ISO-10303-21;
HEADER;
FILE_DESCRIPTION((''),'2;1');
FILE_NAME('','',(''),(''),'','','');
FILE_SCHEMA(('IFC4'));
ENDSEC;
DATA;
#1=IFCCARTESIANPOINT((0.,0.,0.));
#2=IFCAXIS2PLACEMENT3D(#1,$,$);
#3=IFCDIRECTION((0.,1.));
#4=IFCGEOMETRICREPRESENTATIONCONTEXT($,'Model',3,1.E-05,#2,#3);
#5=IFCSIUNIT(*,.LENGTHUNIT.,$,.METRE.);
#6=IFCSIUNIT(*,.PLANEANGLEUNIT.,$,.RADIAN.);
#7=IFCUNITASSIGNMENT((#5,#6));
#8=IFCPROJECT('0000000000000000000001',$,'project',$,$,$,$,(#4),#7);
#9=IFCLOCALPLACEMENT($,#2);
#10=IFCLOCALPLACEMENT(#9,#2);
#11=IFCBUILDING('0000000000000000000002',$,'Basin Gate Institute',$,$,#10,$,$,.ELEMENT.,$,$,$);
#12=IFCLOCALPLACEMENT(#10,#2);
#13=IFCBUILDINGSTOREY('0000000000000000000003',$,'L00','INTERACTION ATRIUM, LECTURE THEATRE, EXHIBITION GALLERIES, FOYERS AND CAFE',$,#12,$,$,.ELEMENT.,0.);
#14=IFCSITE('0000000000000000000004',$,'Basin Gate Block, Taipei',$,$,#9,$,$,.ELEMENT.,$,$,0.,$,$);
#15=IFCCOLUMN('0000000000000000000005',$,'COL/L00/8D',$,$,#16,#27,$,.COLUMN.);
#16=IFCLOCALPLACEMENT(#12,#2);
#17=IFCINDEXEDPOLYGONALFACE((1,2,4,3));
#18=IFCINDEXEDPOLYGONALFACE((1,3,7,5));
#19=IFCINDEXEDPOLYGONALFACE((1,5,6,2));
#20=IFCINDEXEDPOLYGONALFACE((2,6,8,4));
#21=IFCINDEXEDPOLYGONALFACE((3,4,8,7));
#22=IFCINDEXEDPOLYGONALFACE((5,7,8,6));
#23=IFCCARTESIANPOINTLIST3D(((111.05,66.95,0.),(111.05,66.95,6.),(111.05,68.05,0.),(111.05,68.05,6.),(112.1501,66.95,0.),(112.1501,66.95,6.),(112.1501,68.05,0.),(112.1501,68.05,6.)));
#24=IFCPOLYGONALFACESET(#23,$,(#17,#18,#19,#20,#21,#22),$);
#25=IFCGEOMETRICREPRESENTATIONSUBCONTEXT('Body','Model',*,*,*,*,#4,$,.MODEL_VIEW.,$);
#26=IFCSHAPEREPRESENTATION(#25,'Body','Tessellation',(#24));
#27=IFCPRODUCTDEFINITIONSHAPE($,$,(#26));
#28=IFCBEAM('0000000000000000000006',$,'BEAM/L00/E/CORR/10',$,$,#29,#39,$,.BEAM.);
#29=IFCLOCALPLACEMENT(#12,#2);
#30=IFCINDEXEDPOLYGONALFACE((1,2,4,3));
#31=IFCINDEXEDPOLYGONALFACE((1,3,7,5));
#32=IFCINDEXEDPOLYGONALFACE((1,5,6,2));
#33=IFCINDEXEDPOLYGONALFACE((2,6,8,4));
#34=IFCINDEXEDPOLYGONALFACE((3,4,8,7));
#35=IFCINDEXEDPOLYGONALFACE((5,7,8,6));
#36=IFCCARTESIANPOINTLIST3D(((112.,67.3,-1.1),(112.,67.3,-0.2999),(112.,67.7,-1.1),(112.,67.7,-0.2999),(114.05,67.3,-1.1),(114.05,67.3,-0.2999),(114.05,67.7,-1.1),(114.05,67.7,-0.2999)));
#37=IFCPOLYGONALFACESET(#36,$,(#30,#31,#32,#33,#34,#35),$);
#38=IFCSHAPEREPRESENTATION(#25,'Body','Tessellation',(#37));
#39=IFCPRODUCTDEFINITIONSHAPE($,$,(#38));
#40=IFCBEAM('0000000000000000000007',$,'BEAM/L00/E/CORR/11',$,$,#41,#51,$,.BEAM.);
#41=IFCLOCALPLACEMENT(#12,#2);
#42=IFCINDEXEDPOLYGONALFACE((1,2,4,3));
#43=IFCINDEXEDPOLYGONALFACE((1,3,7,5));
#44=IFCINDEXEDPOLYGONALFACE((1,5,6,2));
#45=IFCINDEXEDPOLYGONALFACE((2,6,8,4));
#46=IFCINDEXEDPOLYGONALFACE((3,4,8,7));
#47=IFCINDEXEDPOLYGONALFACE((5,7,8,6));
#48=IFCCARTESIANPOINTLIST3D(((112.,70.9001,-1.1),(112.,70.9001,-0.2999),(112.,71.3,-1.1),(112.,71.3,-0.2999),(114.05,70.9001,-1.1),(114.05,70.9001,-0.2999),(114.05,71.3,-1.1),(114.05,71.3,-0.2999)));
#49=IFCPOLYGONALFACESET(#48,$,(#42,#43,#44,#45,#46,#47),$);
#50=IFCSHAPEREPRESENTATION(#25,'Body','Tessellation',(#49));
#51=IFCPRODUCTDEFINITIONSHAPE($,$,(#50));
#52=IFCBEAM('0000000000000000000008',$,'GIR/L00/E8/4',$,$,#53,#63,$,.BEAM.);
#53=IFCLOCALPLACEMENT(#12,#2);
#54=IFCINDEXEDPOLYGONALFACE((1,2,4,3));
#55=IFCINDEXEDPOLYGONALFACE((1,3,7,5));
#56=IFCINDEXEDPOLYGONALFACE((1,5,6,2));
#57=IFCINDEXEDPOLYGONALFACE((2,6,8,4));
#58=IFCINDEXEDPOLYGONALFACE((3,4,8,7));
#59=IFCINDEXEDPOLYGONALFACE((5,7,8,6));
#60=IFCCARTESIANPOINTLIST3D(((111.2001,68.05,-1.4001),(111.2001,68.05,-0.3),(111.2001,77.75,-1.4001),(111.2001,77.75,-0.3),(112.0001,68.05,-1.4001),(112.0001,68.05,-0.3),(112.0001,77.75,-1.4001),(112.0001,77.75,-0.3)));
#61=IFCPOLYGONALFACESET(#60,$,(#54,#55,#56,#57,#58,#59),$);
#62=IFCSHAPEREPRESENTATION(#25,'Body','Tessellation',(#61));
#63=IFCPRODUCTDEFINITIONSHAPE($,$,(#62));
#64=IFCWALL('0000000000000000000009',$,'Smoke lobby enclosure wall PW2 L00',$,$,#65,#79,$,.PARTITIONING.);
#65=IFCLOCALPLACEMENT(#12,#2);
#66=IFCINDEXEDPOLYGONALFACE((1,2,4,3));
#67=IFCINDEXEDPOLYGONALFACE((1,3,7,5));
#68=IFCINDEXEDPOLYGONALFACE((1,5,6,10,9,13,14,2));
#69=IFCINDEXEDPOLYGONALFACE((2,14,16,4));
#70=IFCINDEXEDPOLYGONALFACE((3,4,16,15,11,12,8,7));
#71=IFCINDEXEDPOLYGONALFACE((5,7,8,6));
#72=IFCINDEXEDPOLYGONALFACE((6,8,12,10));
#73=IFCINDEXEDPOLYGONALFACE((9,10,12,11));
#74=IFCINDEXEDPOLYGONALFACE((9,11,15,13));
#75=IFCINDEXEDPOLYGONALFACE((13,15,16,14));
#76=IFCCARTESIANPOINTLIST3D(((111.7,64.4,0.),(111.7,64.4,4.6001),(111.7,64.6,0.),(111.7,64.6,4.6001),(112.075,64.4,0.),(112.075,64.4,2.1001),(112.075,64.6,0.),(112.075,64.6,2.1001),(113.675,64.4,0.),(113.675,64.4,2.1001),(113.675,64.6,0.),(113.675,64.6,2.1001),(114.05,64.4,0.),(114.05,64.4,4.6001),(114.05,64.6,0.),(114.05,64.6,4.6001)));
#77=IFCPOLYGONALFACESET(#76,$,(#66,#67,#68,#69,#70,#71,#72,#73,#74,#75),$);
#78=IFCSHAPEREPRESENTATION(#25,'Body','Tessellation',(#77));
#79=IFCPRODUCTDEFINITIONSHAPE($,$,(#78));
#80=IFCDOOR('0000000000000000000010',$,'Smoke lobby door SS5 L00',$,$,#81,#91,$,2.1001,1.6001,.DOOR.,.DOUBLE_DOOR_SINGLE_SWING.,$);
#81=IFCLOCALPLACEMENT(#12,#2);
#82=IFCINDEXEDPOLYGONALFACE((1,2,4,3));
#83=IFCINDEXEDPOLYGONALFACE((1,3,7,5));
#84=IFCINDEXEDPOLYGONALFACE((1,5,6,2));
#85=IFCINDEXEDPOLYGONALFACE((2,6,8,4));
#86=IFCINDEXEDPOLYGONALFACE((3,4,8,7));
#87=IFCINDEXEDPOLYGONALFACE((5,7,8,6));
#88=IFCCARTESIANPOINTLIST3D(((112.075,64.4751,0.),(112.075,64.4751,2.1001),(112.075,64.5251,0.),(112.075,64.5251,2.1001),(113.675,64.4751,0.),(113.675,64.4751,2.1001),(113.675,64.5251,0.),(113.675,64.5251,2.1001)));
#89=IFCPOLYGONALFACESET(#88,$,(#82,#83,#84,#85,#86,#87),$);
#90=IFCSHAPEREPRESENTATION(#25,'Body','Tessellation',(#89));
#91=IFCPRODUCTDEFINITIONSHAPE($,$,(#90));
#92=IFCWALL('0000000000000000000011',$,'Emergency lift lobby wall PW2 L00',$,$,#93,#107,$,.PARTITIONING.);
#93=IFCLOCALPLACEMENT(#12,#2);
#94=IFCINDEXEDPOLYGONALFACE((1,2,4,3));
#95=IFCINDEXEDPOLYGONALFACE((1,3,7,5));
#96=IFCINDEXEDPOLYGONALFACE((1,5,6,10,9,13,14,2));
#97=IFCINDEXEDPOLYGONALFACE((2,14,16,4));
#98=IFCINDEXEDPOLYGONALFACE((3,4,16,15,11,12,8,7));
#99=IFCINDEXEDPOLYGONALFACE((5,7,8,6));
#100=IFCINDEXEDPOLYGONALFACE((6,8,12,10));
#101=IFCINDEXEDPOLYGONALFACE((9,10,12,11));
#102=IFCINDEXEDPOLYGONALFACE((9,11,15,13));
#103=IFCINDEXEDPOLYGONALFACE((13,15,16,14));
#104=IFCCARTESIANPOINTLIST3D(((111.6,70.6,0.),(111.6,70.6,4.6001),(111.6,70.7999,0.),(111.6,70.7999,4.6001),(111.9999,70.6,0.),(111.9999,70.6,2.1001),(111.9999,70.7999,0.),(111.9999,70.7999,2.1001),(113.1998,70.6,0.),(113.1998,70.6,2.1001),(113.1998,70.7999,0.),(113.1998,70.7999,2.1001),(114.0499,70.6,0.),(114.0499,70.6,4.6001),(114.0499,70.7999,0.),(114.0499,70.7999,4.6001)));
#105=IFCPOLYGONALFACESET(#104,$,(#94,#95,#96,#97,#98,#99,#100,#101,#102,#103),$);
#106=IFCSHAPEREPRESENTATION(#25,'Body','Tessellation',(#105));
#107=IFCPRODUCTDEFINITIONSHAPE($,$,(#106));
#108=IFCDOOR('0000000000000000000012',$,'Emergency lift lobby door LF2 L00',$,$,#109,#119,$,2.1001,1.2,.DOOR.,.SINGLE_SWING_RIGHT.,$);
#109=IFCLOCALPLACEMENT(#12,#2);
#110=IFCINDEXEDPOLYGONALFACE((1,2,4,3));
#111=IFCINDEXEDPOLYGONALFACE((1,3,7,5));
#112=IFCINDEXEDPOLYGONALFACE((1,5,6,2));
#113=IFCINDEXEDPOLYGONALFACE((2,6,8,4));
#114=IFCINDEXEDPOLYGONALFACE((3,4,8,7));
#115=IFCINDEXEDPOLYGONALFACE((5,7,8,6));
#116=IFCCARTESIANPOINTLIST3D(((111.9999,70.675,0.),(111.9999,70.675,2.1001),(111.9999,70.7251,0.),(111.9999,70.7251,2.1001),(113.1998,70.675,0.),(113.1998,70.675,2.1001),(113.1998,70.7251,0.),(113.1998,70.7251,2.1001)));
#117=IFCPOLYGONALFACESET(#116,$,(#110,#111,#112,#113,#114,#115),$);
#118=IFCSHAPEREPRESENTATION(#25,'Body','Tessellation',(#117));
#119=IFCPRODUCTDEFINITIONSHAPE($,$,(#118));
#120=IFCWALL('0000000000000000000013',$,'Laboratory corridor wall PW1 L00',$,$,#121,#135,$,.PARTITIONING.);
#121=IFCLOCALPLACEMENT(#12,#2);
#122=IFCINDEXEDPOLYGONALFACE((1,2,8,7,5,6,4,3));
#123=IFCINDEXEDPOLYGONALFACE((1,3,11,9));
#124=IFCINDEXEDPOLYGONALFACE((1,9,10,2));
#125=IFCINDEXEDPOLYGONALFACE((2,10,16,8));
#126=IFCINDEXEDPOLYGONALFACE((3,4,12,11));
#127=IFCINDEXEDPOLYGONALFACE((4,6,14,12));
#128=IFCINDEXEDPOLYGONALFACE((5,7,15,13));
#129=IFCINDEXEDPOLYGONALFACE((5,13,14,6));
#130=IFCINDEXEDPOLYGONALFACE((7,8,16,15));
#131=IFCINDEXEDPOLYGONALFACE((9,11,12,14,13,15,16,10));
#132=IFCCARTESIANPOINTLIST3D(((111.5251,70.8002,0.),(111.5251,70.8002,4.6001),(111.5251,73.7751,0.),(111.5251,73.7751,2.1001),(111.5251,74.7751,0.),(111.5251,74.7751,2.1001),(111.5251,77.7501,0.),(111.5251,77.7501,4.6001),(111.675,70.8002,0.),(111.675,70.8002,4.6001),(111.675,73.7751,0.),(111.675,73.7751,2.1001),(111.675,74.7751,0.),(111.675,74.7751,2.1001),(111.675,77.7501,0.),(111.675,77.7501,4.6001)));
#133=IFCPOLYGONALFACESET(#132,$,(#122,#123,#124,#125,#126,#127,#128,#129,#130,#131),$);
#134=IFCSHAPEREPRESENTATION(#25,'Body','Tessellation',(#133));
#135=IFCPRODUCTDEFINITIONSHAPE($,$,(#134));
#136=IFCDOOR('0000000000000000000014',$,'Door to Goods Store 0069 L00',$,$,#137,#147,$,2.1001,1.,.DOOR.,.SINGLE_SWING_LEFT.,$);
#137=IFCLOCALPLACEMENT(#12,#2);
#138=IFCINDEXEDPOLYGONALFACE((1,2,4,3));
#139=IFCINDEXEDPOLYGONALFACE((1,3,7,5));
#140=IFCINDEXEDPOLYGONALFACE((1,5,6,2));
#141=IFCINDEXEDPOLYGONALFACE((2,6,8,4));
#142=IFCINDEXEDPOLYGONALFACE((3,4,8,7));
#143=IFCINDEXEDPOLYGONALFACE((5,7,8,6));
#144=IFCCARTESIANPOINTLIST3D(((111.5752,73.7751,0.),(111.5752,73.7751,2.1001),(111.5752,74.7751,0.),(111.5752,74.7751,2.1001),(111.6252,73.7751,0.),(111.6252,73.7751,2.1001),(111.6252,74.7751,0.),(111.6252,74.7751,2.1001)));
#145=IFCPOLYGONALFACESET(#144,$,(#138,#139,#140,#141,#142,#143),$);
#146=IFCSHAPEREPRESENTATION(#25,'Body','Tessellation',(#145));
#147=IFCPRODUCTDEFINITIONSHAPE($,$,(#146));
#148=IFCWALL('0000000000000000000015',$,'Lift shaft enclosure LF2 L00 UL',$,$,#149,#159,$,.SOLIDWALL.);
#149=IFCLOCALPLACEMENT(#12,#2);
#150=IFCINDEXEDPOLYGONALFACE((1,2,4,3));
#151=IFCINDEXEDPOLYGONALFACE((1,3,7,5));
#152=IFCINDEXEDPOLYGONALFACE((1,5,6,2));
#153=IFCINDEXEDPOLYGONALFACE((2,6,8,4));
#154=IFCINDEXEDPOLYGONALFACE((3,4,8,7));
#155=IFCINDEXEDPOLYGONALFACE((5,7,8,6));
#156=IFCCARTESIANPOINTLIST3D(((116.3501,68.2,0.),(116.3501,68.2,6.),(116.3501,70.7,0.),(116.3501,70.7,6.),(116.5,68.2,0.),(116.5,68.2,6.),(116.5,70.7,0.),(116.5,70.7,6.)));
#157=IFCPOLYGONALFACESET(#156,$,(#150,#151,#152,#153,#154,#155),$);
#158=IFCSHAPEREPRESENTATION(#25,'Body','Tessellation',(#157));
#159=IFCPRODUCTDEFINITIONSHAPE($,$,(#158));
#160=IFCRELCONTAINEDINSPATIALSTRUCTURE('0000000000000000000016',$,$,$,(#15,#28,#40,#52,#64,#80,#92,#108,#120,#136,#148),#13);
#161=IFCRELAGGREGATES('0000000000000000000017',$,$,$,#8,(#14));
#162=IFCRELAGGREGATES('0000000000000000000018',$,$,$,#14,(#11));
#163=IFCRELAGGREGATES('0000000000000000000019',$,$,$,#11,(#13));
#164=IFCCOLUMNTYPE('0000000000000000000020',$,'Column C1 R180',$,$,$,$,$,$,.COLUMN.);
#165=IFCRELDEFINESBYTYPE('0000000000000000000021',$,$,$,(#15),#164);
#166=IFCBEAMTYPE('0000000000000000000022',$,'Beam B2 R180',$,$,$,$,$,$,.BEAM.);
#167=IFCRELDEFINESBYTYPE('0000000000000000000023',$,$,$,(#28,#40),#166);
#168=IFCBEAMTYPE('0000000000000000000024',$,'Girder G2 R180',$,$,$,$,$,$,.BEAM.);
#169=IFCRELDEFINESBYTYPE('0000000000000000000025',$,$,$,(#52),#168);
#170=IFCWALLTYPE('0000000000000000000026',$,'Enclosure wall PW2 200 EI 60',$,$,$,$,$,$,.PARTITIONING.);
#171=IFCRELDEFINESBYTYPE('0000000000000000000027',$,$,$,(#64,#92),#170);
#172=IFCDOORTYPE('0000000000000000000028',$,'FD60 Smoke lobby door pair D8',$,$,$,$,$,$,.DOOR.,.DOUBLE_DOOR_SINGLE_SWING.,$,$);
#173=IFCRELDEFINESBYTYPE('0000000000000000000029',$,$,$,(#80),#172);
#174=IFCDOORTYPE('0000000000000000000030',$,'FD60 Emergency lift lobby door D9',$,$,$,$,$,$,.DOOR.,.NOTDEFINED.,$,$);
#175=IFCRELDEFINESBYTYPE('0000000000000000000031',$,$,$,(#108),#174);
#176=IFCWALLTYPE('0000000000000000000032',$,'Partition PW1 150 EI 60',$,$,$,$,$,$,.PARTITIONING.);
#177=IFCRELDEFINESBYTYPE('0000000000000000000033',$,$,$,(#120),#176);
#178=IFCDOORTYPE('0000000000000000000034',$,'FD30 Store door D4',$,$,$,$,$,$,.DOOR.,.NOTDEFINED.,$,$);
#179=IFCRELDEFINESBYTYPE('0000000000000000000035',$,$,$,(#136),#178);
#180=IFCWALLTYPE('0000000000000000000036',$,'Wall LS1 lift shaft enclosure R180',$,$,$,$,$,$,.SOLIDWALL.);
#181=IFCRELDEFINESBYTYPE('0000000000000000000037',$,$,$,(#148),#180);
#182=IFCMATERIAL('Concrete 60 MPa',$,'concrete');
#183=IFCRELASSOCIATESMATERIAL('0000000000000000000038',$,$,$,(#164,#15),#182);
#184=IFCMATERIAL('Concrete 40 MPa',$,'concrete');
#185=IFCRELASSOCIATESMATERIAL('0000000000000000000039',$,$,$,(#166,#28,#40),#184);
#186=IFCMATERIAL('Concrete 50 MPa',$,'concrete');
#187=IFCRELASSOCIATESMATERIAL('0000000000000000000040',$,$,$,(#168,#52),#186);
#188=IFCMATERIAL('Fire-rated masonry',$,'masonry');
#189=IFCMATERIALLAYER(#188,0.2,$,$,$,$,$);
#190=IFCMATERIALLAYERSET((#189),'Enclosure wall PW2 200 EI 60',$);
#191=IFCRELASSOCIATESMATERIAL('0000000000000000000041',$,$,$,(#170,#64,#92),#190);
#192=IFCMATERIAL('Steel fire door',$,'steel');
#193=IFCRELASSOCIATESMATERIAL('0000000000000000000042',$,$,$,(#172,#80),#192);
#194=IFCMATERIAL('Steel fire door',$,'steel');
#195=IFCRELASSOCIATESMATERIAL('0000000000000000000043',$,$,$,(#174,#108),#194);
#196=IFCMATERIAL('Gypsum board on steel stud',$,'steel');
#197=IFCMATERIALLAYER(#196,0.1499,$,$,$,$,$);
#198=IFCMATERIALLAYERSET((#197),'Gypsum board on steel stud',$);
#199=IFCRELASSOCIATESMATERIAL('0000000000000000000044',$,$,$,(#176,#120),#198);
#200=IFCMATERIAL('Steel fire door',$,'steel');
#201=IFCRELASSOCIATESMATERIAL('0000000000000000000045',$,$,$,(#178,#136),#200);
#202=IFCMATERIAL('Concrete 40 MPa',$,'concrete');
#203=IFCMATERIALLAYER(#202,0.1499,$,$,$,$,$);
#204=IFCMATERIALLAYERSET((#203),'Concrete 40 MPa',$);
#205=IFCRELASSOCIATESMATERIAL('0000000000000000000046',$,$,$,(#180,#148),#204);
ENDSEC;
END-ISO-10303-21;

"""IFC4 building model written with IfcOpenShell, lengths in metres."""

from ifc_helpers import new_model, si_unit, direction, frame, frame_2d, origin, origin_2d, place, context, subcontext, project, spatial, rectangle, extrude, material, layer, layer_set, material_profile, profile_set, type_object, element, fill, save


model = new_model("IFC4")

# Units and contexts
model_context = context("Model", 3, precision=1e-05, world=origin(), true_north=direction((0.0, 1.0)))
body_context = subcontext(model_context, "Body", "Model", "MODEL_VIEW")
ifc_project = project(units=[si_unit("LENGTHUNIT", "METRE"), si_unit("PLANEANGLEUNIT", "RADIAN")], contexts=[model_context])

# Site, building, storey
site_placement = place(None, origin())
site = spatial("IfcSite", under=ifc_project, at=site_placement, Name="Basin Gate Block, Taipei", CompositionType="ELEMENT", RefElevation=0.0)
building_placement = place(site_placement, origin())
building = spatial("IfcBuilding", under=site, at=building_placement, Name="Basin Gate Institute", CompositionType="ELEMENT")
storey_placement = place(building_placement, origin())
storey = spatial("IfcBuildingStorey", under=building, at=storey_placement, Name="L00", Description="INTERACTION ATRIUM, LECTURE THEATRE, EXHIBITION GALLERIES, FOYERS AND CAFE", CompositionType="ELEMENT", Elevation=0.0)

# Column
ifc_material_1 = material(Name="Concrete 60 MPa", Category="concrete")
ifc_material_profile_1 = material_profile(ifc_material_1, rectangle(XDim=1.1001, YDim=1.1001, at=origin_2d()), Name="Column C1 1100 x 1100")
ifc_profile_set_1 = profile_set([ifc_material_profile_1], Name="Concrete 60 MPa")
column_type = type_object("IfcColumnType", Name="Column C1 R180", PredefinedType="COLUMN", material=ifc_profile_set_1)
column_placement = place(storey_placement, frame((111.6001, 67.5, 0.0), z_axis=(0.0, 0.0, 1.0), x_axis=(1.0, 0.0, 0.0)))
element("IfcColumn", 1, at=column_placement, inside=storey, type_object=column_type, material=ifc_profile_set_1, Name="COL/L00/8D", PredefinedType="COLUMN", context=body_context, shape_type="SweptSolid", body=[
    extrude(rectangle(XDim=1.1001, YDim=1.1001, at=origin_2d()), origin(), (0.0, 0.0, 1.0), 6.0),
])

# Beams
ifc_material_2 = material(Name="Concrete 40 MPa", Category="concrete")
ifc_material_profile_2 = material_profile(ifc_material_2, rectangle(XDim=0.3999, YDim=0.8, at=origin_2d()), Name="Beam B2 400 x 800")
ifc_profile_set_2 = profile_set([ifc_material_profile_2], Name="Concrete 40 MPa")
beam_type_1 = type_object("IfcBeamType", Name="Beam B2 R180", PredefinedType="BEAM", material=ifc_profile_set_2)
for number, where, z_axis, x_axis, name in (
    (2, (114.05, 67.5, -0.7), (-1.0, 0.0, 0.0), (0.0, -1.0, 0.0), "BEAM/L00/E/CORR/10"),
    (3, (114.05, 71.1001, -0.7), (-1.0, 0.0, 0.0), (0.0, -1.0, 0.0), "BEAM/L00/E/CORR/11"),
):
    element("IfcBeam", number, at=place(storey_placement, frame(where, z_axis=z_axis, x_axis=x_axis)), inside=storey, type_object=beam_type_1, material=ifc_profile_set_2, Name=name, PredefinedType="BEAM", context=body_context, shape_type="SweptSolid", body=[
        extrude(rectangle(XDim=0.3999, YDim=0.8, at=origin_2d()), origin(), (0.0, 0.0, 1.0), 2.05),
    ])
ifc_material_3 = material(Name="Concrete 50 MPa", Category="concrete")
ifc_material_profile_3 = material_profile(ifc_material_3, rectangle(XDim=0.8, YDim=1.1001, at=origin_2d()), Name="Girder G2 800 x 1100")
ifc_profile_set_3 = profile_set([ifc_material_profile_3], Name="Concrete 50 MPa")
beam_type_2 = type_object("IfcBeamType", Name="Girder G2 R180", PredefinedType="BEAM", material=ifc_profile_set_3)
beam_placement = place(storey_placement, frame((111.6001, 68.05, -0.8501), z_axis=(0.0, 1.0, 0.0), x_axis=(-1.0, 0.0, 0.0)))
element("IfcBeam", 4, at=beam_placement, inside=storey, type_object=beam_type_2, material=ifc_profile_set_3, Name="GIR/L00/E8/4", PredefinedType="BEAM", context=body_context, shape_type="SweptSolid", body=[
    extrude(rectangle(XDim=0.8, YDim=1.1001, at=origin_2d()), origin(), (0.0, 0.0, 1.0), 9.7),
])

# Walls, openings, doors
ifc_material_4 = material(Name="Fire-rated masonry", Category="masonry")
ifc_layer_1 = layer(ifc_material_4, 0.2)
ifc_layer_set_1 = layer_set([ifc_layer_1], Name="Enclosure wall PW2 200 EI 60")
wall_type_1 = type_object("IfcWallType", Name="Enclosure wall PW2 200 EI 60", PredefinedType="PARTITIONING", material=ifc_layer_set_1)
wall_1_placement = place(storey_placement, frame((114.05, 64.5, 0.0), z_axis=(0.0, 0.0, 1.0), x_axis=(-1.0, 0.0, 0.0)))
wall_1 = element("IfcWall", 5, at=wall_1_placement, inside=storey, type_object=wall_type_1, material=ifc_layer_set_1, Name="Smoke lobby enclosure wall PW2 L00", PredefinedType="PARTITIONING", context=body_context, shape_type="SweptSolid", body=[
    extrude(rectangle(XDim=2.3501, YDim=0.2, at=frame_2d((1.175, 0.0))), origin(), (0.0, 0.0, 1.0), 4.6001),
])
opening_1_placement = place(wall_1_placement, frame((0.375, 0.0, 0.0)))
opening_1 = element("IfcOpeningElement", 6, at=opening_1_placement, cuts=wall_1, PredefinedType="OPENING", context=body_context, shape_type="SweptSolid", body=[
    extrude(rectangle(XDim=1.6001, YDim=2.1001, at=frame_2d((0.8, 1.05))), frame((0.0, 0.1099, 0.0), z_axis=(0.0, -1.0, 0.0), x_axis=(1.0, 0.0, 0.0)), (0.0, 0.0, 1.0), 0.22),
])
ifc_material_5 = material(Name="Steel fire door", Category="steel")
door_type_1 = type_object("IfcDoorType", Name="FD60 Smoke lobby door pair D8", OperationType="DOUBLE_DOOR_SINGLE_SWING", PredefinedType="DOOR", material=ifc_material_5)
door_1_placement = place(opening_1_placement, origin())
door_1 = element("IfcDoor", 7, at=door_1_placement, inside=storey, type_object=door_type_1, material=ifc_material_5, Name="Smoke lobby door SS5 L00", OperationType="DOUBLE_DOOR_SINGLE_SWING", OverallHeight=2.1001, OverallWidth=1.6001, PredefinedType="DOOR", context=body_context, shape_type="SweptSolid", body=[
    extrude(rectangle(XDim=1.6001, YDim=2.1001, at=frame_2d((0.8, 1.05))), frame((0.0, 0.0249, 0.0), z_axis=(0.0, -1.0, 0.0), x_axis=(1.0, 0.0, 0.0)), (0.0, 0.0, 1.0), 0.05),
])
fill(opening_1, door_1)
wall_2_placement = place(storey_placement, frame((114.05, 70.7, 0.0), z_axis=(0.0, 0.0, 1.0), x_axis=(-1.0, 0.0, 0.0)))
wall_2 = element("IfcWall", 8, at=wall_2_placement, inside=storey, type_object=wall_type_1, material=ifc_layer_set_1, Name="Emergency lift lobby wall PW2 L00", PredefinedType="PARTITIONING", context=body_context, shape_type="SweptSolid", body=[
    extrude(rectangle(XDim=2.45, YDim=0.2, at=frame_2d((1.2251, 0.0))), origin(), (0.0, 0.0, 1.0), 4.6001),
])
opening_2_placement = place(wall_2_placement, frame((0.8501, 0.0, 0.0)))
opening_2 = element("IfcOpeningElement", 9, at=opening_2_placement, cuts=wall_2, PredefinedType="OPENING", context=body_context, shape_type="SweptSolid", body=[
    extrude(rectangle(XDim=1.2, YDim=2.1001, at=frame_2d((0.6001, 1.05))), frame((0.0, 0.1099, 0.0), z_axis=(0.0, -1.0, 0.0), x_axis=(1.0, 0.0, 0.0)), (0.0, 0.0, 1.0), 0.22),
])
ifc_material_6 = material(Name="Steel fire door", Category="steel")
door_type_2 = type_object("IfcDoorType", Name="FD60 Emergency lift lobby door D9", OperationType="NOTDEFINED", PredefinedType="DOOR", material=ifc_material_6)
door_2_placement = place(opening_2_placement, origin())
door_2 = element("IfcDoor", 10, at=door_2_placement, inside=storey, type_object=door_type_2, material=ifc_material_6, Name="Emergency lift lobby door LF2 L00", OperationType="SINGLE_SWING_RIGHT", OverallHeight=2.1001, OverallWidth=1.2, PredefinedType="DOOR", context=body_context, shape_type="SweptSolid", body=[
    extrude(rectangle(XDim=1.2, YDim=2.1001, at=frame_2d((0.6001, 1.05))), frame((0.0, 0.0249, 0.0), z_axis=(0.0, -1.0, 0.0), x_axis=(1.0, 0.0, 0.0)), (0.0, 0.0, 1.0), 0.05),
])
fill(opening_2, door_2)
ifc_material_7 = material(Name="Gypsum board on steel stud", Category="steel")
ifc_layer_2 = layer(ifc_material_7, 0.1499)
ifc_layer_set_2 = layer_set([ifc_layer_2], Name="Gypsum board on steel stud")
wall_type_2 = type_object("IfcWallType", Name="Partition PW1 150 EI 60", PredefinedType="PARTITIONING", material=ifc_layer_set_2)
wall_3_placement = place(storey_placement, frame((111.6001, 70.8, 0.0), z_axis=(0.0, 0.0, 1.0), x_axis=(0.0, 1.0, 0.0)))
wall_3 = element("IfcWall", 11, at=wall_3_placement, inside=storey, type_object=wall_type_2, material=ifc_layer_set_2, Name="Laboratory corridor wall PW1 L00", PredefinedType="PARTITIONING", context=body_context, shape_type="SweptSolid", body=[
    extrude(rectangle(XDim=6.95, YDim=0.1499, at=frame_2d((3.4751, 0.0))), origin(), (0.0, 0.0, 1.0), 4.6001),
])
opening_3_placement = place(wall_3_placement, frame((2.9751, 0.0, 0.0)))
opening_3 = element("IfcOpeningElement", 12, at=opening_3_placement, cuts=wall_3, PredefinedType="OPENING", context=body_context, shape_type="SweptSolid", body=[
    extrude(rectangle(XDim=1.0, YDim=2.1001, at=frame_2d((0.5, 1.05))), frame((0.0, 0.085, 0.0), z_axis=(0.0, -1.0, 0.0), x_axis=(1.0, 0.0, 0.0)), (0.0, 0.0, 1.0), 0.1699),
])
ifc_material_8 = material(Name="Steel fire door", Category="steel")
door_type_3 = type_object("IfcDoorType", Name="FD30 Store door D4", OperationType="NOTDEFINED", PredefinedType="DOOR", material=ifc_material_8)
door_3_placement = place(opening_3_placement, origin())
door_3 = element("IfcDoor", 13, at=door_3_placement, inside=storey, type_object=door_type_3, material=ifc_material_8, Name="Door to Goods Store 0069 L00", OperationType="SINGLE_SWING_LEFT", OverallHeight=2.1001, OverallWidth=1.0, PredefinedType="DOOR", context=body_context, shape_type="SweptSolid", body=[
    extrude(rectangle(XDim=1.0, YDim=2.1001, at=frame_2d((0.5, 1.05))), frame((0.0, 0.0249, 0.0), z_axis=(0.0, -1.0, 0.0), x_axis=(1.0, 0.0, 0.0)), (0.0, 0.0, 1.0), 0.05),
])
fill(opening_3, door_3)

# Wall
ifc_material_9 = material(Name="Concrete 40 MPa", Category="concrete")
ifc_layer_3 = layer(ifc_material_9, 0.1499)
ifc_layer_set_3 = layer_set([ifc_layer_3], Name="Concrete 40 MPa")
wall_type_3 = type_object("IfcWallType", Name="Wall LS1 lift shaft enclosure R180", PredefinedType="SOLIDWALL", material=ifc_layer_set_3)
wall_4_placement = place(storey_placement, frame((116.425, 68.2, 0.0), z_axis=(0.0, 0.0, 1.0), x_axis=(0.0, 1.0, 0.0)))
element("IfcWall", 14, at=wall_4_placement, inside=storey, type_object=wall_type_3, material=ifc_layer_set_3, Name="Lift shaft enclosure LF2 L00 UL", PredefinedType="SOLIDWALL", context=body_context, shape_type="SweptSolid", body=[
    extrude(rectangle(XDim=2.5, YDim=0.1499, at=frame_2d((1.25, 0.0))), origin(), (0.0, 0.0, 1.0), 6.0),
])

save(model, "model.ifc")
